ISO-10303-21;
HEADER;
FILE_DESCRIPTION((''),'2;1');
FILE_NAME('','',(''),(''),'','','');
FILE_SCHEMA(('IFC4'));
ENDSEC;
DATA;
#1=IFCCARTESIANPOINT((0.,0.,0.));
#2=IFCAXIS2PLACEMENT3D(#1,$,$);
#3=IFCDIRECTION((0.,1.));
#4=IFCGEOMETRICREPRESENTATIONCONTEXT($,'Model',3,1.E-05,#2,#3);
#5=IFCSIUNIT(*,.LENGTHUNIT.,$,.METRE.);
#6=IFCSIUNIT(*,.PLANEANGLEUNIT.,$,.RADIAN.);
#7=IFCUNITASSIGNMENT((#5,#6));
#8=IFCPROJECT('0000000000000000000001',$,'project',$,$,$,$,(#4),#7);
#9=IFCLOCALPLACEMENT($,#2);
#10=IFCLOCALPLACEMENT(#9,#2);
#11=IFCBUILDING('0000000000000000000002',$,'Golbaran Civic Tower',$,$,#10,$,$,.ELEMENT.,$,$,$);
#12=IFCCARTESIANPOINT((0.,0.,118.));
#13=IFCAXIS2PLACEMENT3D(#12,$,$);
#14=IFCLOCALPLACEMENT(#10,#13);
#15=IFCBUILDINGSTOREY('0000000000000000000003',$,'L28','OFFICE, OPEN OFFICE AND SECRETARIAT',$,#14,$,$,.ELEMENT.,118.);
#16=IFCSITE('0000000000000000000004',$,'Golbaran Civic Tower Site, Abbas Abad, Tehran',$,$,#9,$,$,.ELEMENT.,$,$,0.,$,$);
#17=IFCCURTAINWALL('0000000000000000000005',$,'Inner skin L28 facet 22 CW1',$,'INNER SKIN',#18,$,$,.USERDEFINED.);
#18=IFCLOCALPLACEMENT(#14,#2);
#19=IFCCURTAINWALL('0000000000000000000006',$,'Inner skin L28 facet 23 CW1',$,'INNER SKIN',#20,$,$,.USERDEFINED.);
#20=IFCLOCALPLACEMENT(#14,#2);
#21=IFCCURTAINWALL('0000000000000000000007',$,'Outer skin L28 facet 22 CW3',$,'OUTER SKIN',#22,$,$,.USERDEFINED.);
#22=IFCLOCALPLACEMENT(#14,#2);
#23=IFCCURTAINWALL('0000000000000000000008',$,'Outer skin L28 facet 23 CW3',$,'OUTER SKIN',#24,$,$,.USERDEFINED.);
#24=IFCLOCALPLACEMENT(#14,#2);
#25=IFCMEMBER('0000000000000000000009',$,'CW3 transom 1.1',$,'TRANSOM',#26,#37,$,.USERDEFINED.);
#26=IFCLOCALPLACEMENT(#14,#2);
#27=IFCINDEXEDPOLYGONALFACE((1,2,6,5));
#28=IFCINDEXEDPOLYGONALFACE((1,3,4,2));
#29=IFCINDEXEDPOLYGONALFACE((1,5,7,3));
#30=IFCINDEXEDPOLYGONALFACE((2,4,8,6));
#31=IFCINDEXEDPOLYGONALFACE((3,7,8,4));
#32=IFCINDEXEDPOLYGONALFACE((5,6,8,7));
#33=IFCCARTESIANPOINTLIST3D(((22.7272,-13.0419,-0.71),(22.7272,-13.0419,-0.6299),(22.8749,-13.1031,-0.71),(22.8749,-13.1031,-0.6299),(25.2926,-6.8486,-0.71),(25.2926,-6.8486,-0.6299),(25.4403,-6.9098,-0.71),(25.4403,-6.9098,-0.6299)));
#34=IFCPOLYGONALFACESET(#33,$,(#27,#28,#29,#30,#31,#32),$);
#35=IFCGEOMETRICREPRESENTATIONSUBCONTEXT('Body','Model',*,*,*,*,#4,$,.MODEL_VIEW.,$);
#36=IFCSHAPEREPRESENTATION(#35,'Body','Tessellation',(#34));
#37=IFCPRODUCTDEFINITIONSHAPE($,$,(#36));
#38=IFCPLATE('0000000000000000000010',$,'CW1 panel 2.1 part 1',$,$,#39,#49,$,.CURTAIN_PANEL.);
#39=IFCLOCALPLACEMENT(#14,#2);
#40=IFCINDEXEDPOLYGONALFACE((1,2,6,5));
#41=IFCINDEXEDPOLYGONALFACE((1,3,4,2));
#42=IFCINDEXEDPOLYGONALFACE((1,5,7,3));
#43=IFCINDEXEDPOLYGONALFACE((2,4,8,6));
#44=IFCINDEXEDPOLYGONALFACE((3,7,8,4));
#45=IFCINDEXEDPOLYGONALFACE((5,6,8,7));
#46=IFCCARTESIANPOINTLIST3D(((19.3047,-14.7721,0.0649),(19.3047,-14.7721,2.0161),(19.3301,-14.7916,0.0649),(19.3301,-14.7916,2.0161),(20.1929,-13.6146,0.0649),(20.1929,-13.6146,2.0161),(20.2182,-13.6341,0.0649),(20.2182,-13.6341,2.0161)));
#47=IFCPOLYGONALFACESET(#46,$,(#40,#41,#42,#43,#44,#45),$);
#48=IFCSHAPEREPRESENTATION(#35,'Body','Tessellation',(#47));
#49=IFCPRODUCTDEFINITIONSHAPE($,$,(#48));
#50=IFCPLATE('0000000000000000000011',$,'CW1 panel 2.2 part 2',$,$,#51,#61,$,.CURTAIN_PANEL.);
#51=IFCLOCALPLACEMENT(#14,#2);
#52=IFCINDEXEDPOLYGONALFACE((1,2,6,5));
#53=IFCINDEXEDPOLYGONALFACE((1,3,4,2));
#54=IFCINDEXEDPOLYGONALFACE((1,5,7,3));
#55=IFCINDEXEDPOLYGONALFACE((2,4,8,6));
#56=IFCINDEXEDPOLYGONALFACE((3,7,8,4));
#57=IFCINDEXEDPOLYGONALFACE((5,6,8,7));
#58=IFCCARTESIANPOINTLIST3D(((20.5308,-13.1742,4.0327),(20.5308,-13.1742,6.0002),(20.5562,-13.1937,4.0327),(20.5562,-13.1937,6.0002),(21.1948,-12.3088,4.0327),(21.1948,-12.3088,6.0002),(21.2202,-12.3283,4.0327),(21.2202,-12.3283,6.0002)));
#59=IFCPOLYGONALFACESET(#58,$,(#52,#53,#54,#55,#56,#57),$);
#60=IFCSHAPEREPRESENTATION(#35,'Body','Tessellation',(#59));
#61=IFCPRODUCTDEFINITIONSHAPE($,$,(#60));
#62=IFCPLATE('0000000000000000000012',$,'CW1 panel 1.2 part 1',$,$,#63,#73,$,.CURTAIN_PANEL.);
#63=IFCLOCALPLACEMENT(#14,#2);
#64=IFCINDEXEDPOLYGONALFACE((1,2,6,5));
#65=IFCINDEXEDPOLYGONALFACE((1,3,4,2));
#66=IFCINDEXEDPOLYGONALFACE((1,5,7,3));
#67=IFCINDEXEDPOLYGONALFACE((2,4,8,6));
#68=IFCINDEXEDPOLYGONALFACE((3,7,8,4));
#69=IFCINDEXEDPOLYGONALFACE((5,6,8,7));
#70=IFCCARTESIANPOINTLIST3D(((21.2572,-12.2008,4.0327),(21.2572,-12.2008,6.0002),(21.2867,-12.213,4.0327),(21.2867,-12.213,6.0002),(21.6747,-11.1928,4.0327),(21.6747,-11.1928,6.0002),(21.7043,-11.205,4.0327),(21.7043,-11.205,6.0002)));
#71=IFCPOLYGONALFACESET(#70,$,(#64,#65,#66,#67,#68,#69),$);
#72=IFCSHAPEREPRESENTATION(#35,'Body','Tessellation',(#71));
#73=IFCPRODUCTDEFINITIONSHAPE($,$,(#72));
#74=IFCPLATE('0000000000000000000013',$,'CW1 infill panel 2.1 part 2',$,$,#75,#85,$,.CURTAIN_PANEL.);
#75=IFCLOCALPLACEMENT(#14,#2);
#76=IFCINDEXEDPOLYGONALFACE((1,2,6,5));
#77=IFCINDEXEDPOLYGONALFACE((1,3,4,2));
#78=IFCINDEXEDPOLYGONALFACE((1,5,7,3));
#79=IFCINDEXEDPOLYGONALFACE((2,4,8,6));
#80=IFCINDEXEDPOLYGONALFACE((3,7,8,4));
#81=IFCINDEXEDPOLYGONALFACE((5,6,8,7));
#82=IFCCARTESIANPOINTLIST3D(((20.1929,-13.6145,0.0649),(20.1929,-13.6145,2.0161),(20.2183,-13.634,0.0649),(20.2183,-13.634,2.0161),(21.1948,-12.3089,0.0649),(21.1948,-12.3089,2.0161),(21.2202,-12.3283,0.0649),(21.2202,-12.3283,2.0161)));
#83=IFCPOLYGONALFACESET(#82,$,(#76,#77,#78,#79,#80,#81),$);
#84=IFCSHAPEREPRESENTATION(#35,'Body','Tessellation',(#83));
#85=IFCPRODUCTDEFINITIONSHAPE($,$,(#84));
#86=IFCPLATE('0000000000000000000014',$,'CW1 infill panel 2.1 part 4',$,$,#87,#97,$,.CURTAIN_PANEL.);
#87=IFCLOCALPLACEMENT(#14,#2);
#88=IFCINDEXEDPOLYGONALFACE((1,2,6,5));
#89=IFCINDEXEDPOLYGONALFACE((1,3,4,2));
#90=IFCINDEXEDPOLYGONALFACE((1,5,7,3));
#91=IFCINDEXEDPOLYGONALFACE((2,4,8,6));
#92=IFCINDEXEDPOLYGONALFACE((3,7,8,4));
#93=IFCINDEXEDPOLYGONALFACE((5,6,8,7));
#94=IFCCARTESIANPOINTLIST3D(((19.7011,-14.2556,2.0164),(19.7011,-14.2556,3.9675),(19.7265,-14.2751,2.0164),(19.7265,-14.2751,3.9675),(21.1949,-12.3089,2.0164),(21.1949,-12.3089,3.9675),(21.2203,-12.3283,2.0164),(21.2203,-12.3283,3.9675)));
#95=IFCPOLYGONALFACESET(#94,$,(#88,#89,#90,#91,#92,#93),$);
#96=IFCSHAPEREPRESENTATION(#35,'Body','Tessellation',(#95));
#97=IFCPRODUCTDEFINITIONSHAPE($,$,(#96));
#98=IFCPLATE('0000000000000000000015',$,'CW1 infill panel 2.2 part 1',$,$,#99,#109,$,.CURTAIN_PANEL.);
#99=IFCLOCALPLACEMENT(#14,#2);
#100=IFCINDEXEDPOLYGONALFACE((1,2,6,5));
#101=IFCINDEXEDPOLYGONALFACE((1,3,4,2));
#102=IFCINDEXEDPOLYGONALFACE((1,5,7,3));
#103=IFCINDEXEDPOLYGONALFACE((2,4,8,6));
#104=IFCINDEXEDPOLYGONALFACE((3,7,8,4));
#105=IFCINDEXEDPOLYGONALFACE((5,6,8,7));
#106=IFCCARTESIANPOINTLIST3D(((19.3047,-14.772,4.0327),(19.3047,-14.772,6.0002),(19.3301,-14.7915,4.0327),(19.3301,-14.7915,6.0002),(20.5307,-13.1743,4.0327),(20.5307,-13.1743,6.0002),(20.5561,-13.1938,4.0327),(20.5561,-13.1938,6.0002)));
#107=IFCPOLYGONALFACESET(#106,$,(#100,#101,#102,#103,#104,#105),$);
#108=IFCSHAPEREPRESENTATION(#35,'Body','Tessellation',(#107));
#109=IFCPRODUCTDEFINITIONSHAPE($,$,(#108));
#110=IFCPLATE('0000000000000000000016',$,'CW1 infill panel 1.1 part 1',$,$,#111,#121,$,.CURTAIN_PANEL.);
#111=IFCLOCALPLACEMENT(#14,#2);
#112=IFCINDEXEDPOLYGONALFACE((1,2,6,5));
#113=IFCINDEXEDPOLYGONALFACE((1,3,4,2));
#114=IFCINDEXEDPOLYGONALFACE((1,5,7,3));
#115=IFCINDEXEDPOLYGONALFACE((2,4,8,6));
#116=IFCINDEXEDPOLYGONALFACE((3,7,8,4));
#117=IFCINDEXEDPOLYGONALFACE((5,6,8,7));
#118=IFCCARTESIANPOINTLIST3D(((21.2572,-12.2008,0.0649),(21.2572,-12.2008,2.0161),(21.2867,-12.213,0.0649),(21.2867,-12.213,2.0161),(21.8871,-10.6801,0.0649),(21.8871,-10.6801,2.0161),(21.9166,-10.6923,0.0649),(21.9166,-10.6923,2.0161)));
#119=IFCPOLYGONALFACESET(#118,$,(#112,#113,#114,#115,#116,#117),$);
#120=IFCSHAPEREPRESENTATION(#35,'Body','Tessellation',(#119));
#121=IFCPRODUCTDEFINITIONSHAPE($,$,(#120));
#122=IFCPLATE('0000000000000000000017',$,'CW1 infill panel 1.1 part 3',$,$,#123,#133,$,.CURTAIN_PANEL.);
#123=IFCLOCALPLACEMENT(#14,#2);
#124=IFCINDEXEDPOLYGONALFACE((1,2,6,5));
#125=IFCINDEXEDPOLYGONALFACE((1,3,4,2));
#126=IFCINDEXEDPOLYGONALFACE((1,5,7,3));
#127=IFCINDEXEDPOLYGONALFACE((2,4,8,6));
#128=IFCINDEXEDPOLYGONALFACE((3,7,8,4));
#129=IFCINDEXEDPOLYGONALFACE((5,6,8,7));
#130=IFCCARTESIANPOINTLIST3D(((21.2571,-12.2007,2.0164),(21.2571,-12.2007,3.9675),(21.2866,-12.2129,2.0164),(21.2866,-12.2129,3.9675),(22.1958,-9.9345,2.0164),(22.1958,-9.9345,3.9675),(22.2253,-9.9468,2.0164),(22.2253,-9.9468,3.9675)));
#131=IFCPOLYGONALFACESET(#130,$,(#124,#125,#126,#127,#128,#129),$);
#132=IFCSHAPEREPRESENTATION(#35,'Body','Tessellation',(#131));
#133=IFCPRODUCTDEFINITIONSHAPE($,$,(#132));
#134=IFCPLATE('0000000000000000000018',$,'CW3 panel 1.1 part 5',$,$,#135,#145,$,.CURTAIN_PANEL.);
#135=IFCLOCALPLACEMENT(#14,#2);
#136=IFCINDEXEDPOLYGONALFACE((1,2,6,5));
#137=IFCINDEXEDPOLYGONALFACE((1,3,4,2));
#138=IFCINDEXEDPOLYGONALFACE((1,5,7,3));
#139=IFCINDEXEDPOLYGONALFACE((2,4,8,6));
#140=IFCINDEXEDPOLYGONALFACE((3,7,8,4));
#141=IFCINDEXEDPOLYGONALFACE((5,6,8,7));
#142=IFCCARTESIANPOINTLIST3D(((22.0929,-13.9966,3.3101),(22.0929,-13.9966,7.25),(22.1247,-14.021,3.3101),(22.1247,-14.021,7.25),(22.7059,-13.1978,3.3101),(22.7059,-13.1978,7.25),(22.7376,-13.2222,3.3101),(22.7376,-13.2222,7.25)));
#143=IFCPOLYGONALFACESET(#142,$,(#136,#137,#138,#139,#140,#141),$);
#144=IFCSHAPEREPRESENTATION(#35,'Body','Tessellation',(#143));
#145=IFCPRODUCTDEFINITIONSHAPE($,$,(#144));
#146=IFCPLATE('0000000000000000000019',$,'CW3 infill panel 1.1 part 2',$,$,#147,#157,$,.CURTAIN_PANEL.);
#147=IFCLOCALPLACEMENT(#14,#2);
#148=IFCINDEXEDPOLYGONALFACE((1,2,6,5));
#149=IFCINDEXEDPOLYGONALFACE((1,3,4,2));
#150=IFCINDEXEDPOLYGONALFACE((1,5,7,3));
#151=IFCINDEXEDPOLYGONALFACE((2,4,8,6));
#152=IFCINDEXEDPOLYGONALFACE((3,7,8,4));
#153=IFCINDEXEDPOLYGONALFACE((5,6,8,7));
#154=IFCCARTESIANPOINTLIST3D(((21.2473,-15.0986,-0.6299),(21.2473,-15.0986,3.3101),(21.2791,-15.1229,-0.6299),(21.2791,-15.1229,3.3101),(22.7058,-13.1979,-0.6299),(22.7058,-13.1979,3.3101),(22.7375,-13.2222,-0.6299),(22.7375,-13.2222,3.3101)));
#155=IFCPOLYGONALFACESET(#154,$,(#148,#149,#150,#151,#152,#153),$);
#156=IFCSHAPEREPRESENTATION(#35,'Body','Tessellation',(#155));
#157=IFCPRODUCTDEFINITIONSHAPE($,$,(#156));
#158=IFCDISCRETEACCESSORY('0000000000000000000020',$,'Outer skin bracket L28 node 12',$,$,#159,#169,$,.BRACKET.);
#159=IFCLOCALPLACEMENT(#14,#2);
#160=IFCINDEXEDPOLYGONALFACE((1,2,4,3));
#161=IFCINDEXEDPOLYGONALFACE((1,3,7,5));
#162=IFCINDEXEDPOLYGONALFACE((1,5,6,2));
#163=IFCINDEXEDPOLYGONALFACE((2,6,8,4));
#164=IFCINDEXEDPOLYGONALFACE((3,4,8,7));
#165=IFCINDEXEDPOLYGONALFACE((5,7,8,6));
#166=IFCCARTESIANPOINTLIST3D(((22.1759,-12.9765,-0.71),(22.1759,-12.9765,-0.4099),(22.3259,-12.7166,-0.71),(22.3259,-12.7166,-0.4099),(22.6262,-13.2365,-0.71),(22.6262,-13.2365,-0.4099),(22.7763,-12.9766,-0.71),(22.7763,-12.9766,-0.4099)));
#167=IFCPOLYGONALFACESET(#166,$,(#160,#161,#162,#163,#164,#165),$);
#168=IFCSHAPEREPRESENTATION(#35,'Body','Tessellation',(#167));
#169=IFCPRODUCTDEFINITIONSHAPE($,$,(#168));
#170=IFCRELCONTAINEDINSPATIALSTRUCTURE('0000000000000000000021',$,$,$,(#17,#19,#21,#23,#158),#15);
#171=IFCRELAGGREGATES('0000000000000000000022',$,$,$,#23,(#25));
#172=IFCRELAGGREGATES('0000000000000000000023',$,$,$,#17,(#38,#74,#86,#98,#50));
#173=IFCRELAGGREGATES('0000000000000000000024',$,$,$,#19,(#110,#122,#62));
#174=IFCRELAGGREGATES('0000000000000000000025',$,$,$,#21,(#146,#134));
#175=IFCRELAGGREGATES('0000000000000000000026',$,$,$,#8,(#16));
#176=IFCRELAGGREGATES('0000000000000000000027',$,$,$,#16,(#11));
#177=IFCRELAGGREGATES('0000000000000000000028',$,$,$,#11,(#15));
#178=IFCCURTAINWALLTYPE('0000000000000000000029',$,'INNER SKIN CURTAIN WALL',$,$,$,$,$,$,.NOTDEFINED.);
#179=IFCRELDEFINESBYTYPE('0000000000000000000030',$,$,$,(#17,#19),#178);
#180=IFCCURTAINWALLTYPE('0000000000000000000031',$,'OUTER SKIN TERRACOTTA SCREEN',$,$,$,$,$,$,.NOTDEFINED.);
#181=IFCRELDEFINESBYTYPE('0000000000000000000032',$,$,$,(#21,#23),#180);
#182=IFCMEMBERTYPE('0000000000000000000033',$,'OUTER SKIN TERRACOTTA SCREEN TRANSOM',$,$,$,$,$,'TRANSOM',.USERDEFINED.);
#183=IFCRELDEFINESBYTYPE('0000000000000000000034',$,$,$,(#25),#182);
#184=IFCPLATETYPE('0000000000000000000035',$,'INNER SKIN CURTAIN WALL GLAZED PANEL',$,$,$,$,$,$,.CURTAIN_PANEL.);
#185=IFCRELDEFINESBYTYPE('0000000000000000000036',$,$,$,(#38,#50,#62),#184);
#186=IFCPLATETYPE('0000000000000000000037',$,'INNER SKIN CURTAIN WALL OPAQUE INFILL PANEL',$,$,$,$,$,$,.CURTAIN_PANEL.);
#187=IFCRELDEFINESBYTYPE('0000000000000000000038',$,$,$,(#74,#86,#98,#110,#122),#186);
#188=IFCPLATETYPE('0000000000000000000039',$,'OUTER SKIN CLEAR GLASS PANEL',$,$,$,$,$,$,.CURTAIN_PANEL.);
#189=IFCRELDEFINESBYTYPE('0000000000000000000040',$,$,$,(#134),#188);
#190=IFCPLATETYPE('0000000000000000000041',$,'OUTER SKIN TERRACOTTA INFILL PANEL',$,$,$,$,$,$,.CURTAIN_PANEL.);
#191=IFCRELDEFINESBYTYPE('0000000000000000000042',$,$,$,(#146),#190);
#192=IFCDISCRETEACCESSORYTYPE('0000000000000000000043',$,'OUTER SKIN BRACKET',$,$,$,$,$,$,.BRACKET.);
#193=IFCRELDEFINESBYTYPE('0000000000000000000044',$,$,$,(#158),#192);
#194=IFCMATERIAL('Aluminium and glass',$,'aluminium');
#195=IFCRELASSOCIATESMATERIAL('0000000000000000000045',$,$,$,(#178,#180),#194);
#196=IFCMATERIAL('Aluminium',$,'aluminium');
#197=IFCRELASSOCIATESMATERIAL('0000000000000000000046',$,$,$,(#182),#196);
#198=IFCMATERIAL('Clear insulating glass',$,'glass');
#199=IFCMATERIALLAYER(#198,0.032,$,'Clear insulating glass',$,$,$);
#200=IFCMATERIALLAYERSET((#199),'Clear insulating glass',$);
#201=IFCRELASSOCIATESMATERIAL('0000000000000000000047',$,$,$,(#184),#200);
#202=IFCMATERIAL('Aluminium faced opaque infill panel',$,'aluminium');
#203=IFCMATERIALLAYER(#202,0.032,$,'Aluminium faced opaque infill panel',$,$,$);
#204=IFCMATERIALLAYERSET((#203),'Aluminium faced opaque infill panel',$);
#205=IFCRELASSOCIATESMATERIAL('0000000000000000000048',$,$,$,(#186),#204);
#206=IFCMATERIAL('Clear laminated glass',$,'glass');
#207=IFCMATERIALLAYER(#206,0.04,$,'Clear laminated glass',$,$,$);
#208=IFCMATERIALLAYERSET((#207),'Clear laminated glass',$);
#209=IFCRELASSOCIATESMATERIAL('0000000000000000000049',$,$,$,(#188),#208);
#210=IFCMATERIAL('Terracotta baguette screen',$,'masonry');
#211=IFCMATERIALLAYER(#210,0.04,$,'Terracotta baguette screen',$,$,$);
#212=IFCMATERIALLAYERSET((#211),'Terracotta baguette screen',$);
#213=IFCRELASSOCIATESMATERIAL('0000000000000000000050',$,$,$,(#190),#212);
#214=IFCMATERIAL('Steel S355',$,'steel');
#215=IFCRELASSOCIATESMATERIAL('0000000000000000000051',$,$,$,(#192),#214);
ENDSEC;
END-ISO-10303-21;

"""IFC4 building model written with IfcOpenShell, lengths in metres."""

from ifc_helpers import new_model, si_unit, direction, frame, origin, origin_2d, place, context, subcontext, project, spatial, rectangle, extrude, material, layer, layer_set, material_profile, profile_set, type_object, element, aggregate, save


model = new_model("IFC4")

# Units and contexts
model_context = context("Model", 3, precision=1e-05, world=origin(), true_north=direction((0.0, 1.0)))
body_context = subcontext(model_context, "Body", "Model", "MODEL_VIEW")
ifc_project = project(units=[si_unit("LENGTHUNIT", "METRE"), si_unit("PLANEANGLEUNIT", "RADIAN")], contexts=[model_context])

# Site, building, storey
site_placement = place(None, origin())
site = spatial("IfcSite", under=ifc_project, at=site_placement, Name="Golbaran Civic Tower Site, Abbas Abad, Tehran", CompositionType="ELEMENT", RefElevation=0.0)
building_placement = place(site_placement, origin())
building = spatial("IfcBuilding", under=site, at=building_placement, Name="Golbaran Civic Tower", CompositionType="ELEMENT")
storey_placement = place(building_placement, frame((0.0, 0.0, 118.0)))
storey = spatial("IfcBuildingStorey", under=building, at=storey_placement, Name="L28", Description="OFFICE, OPEN OFFICE AND SECRETARIAT", CompositionType="ELEMENT", Elevation=118.0)

# Shared definitions
ifc_material_1 = material(Name="Steel S355", Category="steel")

# Curtain wall
ifc_material_2 = material(Name="Aluminium and glass", Category="aluminium")
curtain_wall_type_1 = type_object("IfcCurtainWallType", Name="INNER SKIN CURTAIN WALL", PredefinedType="NOTDEFINED", material=ifc_material_2)
curtain_wall_1_placement = place(storey_placement, origin())
curtain_wall_1 = element("IfcCurtainWall", 1, at=curtain_wall_1_placement, inside=storey, type_object=curtain_wall_type_1, Name="Inner skin L28 facet 22 CW1", ObjectType="INNER SKIN", PredefinedType="USERDEFINED")
ifc_material_3 = material(Name="Aluminium", Category="aluminium")

# Curtain wall
curtain_wall_2_placement = place(storey_placement, origin())
curtain_wall_2 = element("IfcCurtainWall", 2, at=curtain_wall_2_placement, inside=storey, type_object=curtain_wall_type_1, Name="Inner skin L28 facet 23 CW1", ObjectType="INNER SKIN", PredefinedType="USERDEFINED")

# Curtain wall
curtain_wall_type_2 = type_object("IfcCurtainWallType", Name="OUTER SKIN TERRACOTTA SCREEN", PredefinedType="NOTDEFINED", material=ifc_material_2)
curtain_wall_3_placement = place(storey_placement, origin())
curtain_wall_3 = element("IfcCurtainWall", 3, at=curtain_wall_3_placement, inside=storey, type_object=curtain_wall_type_2, Name="Outer skin L28 facet 22 CW3", ObjectType="OUTER SKIN", PredefinedType="USERDEFINED")

# Curtain wall, member
curtain_wall_4_placement = place(storey_placement, origin())
curtain_wall_4 = element("IfcCurtainWall", 4, at=curtain_wall_4_placement, inside=storey, type_object=curtain_wall_type_2, Name="Outer skin L28 facet 23 CW3", ObjectType="OUTER SKIN", PredefinedType="USERDEFINED")
ifc_material_profile_1 = material_profile(ifc_material_3, rectangle(XDim=0.1599, YDim=0.0801, at=origin_2d()), Name="OUTER SKIN TERRACOTTA SCREEN TRANSOM")
ifc_profile_set_1 = profile_set([ifc_material_profile_1], Name="Aluminium")
member_type_1 = type_object("IfcMemberType", Name="OUTER SKIN TERRACOTTA SCREEN TRANSOM", ElementType="TRANSOM", PredefinedType="USERDEFINED", material=ifc_profile_set_1)
member_1_placement = place(storey_placement, frame((22.801, -13.0725, -0.6699), z_axis=(0.382691, 0.923877, 0.0), x_axis=(-0.923877, 0.382691, 0.0)))
member_1 = element("IfcMember", 5, at=member_1_placement, type_object=member_type_1, Name="CW3 transom 1.1", ObjectType="TRANSOM", PredefinedType="USERDEFINED", context=body_context, shape_type="SweptSolid", body=[
    extrude(rectangle(XDim=0.1599, YDim=0.0801, at=origin_2d()), origin(), (0.0, 0.0, 1.0), 6.7036),
])
aggregate(curtain_wall_4, [member_1])

# Plates
ifc_material_4 = material(Name="Clear insulating glass", Category="glass")
ifc_layer_1 = layer(ifc_material_4, 0.032, Name="Clear insulating glass")
ifc_layer_set_1 = layer_set([ifc_layer_1], Name="Clear insulating glass")
plate_type_1 = type_object("IfcPlateType", Name="INNER SKIN CURTAIN WALL GLAZED PANEL", PredefinedType="CURTAIN_PANEL", material=ifc_layer_set_1)
plate_1_placement = place(storey_placement, frame((19.7615, -14.2031, 0.0649), z_axis=(0.0, 0.0, 1.0), x_axis=(0.608761, 0.793353, 0.0)))
plate_1 = element("IfcPlate", 6, at=plate_1_placement, type_object=plate_type_1, Name="CW1 panel 2.1 part 1", PredefinedType="CURTAIN_PANEL", context=body_context, shape_type="SweptSolid", body=[
    extrude(rectangle(XDim=1.459, YDim=0.032, at=origin_2d()), origin(), (0.0, 0.0, 1.0), 1.9512),
])
plate_2_placement = place(storey_placement, frame((20.8755, -12.7512, 4.0327), z_axis=(0.0, 0.0, 1.0), x_axis=(0.608761, 0.793353, 0.0)))
plate_2 = element("IfcPlate", 7, at=plate_2_placement, type_object=plate_type_1, Name="CW1 panel 2.2 part 2", PredefinedType="CURTAIN_PANEL", context=body_context, shape_type="SweptSolid", body=[
    extrude(rectangle(XDim=1.0908, YDim=0.032, at=origin_2d()), origin(), (0.0, 0.0, 1.0), 1.9675),
])
plate_3_placement = place(storey_placement, frame((21.4807, -11.7029, 4.0327), z_axis=(0.0, 0.0, 1.0), x_axis=(0.382683, 0.92388, 0.0)))
plate_3 = element("IfcPlate", 8, at=plate_3_placement, type_object=plate_type_1, Name="CW1 panel 1.2 part 1", PredefinedType="CURTAIN_PANEL", context=body_context, shape_type="SweptSolid", body=[
    extrude(rectangle(XDim=1.0911, YDim=0.032, at=origin_2d()), origin(), (0.0, 0.0, 1.0), 1.9675),
])
ifc_material_5 = material(Name="Aluminium faced opaque infill panel", Category="aluminium")
ifc_layer_2 = layer(ifc_material_5, 0.032, Name="Aluminium faced opaque infill panel")
ifc_layer_set_2 = layer_set([ifc_layer_2], Name="Aluminium faced opaque infill panel")
plate_type_2 = type_object("IfcPlateType", Name="INNER SKIN CURTAIN WALL OPAQUE INFILL PANEL", PredefinedType="CURTAIN_PANEL", material=ifc_layer_set_2)
plate_4_placement = place(storey_placement, frame((20.7065, -12.9714, 0.0649), z_axis=(0.0, 0.0, 1.0), x_axis=(0.608761, 0.793353, 0.0)))
plate_4 = element("IfcPlate", 9, at=plate_4_placement, type_object=plate_type_2, Name="CW1 infill panel 2.1 part 2", PredefinedType="CURTAIN_PANEL", context=body_context, shape_type="SweptSolid", body=[
    extrude(rectangle(XDim=1.6458, YDim=0.032, at=origin_2d()), origin(), (0.0, 0.0, 1.0), 1.9512),
])
plate_5_placement = place(storey_placement, frame((20.4607, -13.292, 2.0164), z_axis=(0.0, 0.0, 1.0), x_axis=(0.608761, 0.793353, 0.0)))
plate_5 = element("IfcPlate", 10, at=plate_5_placement, type_object=plate_type_2, Name="CW1 infill panel 2.1 part 4", PredefinedType="CURTAIN_PANEL", context=body_context, shape_type="SweptSolid", body=[
    extrude(rectangle(XDim=2.4539, YDim=0.032, at=origin_2d()), origin(), (0.0, 0.0, 1.0), 1.9512),
])
plate_6_placement = place(storey_placement, frame((19.9304, -13.9829, 4.0327), z_axis=(0.0, 0.0, 1.0), x_axis=(0.608761, 0.793353, 0.0)))
plate_6 = element("IfcPlate", 11, at=plate_6_placement, type_object=plate_type_2, Name="CW1 infill panel 2.2 part 1", PredefinedType="CURTAIN_PANEL", context=body_context, shape_type="SweptSolid", body=[
    extrude(rectangle(XDim=2.0139, YDim=0.032, at=origin_2d()), origin(), (0.0, 0.0, 1.0), 1.9675),
])
aggregate(curtain_wall_1, [plate_1, plate_4, plate_5, plate_6, plate_2])
plate_7_placement = place(storey_placement, frame((21.5869, -11.4465, 0.0649), z_axis=(0.0, 0.0, 1.0), x_axis=(0.382683, 0.92388, 0.0)))
plate_7 = element("IfcPlate", 12, at=plate_7_placement, type_object=plate_type_2, Name="CW1 infill panel 1.1 part 1", PredefinedType="CURTAIN_PANEL", context=body_context, shape_type="SweptSolid", body=[
    extrude(rectangle(XDim=1.646, YDim=0.032, at=origin_2d()), origin(), (0.0, 0.0, 1.0), 1.9512),
])
plate_8_placement = place(storey_placement, frame((21.7412, -11.0737, 2.0164), z_axis=(0.0, 0.0, 1.0), x_axis=(0.382683, 0.92388, 0.0)))
plate_8 = element("IfcPlate", 13, at=plate_8_placement, type_object=plate_type_2, Name="CW1 infill panel 1.1 part 3", PredefinedType="CURTAIN_PANEL", context=body_context, shape_type="SweptSolid", body=[
    extrude(rectangle(XDim=2.4529, YDim=0.032, at=origin_2d()), origin(), (0.0, 0.0, 1.0), 1.9512),
])
aggregate(curtain_wall_2, [plate_7, plate_8, plate_3])
ifc_material_6 = material(Name="Clear laminated glass", Category="glass")
ifc_layer_3 = layer(ifc_material_6, 0.04, Name="Clear laminated glass")
ifc_layer_set_3 = layer_set([ifc_layer_3], Name="Clear laminated glass")
plate_type_3 = type_object("IfcPlateType", Name="OUTER SKIN CLEAR GLASS PANEL", PredefinedType="CURTAIN_PANEL", material=ifc_layer_set_3)
plate_9_placement = place(storey_placement, frame((22.4153, -13.6094, 3.3101), z_axis=(0.0, 0.0, 1.0), x_axis=(0.608761, 0.793353, 0.0)))
plate_9 = element("IfcPlate", 14, at=plate_9_placement, type_object=plate_type_3, Name="CW3 panel 1.1 part 5", PredefinedType="CURTAIN_PANEL", context=body_context, shape_type="SweptSolid", body=[
    extrude(rectangle(XDim=1.0068, YDim=0.04, at=origin_2d()), origin(), (0.0, 0.0, 1.0), 3.9399),
])
ifc_material_7 = material(Name="Terracotta baguette screen", Category="masonry")
ifc_layer_4 = layer(ifc_material_7, 0.04, Name="Terracotta baguette screen")
ifc_layer_set_4 = layer_set([ifc_layer_4], Name="Terracotta baguette screen")
plate_type_4 = type_object("IfcPlateType", Name="OUTER SKIN TERRACOTTA INFILL PANEL", PredefinedType="CURTAIN_PANEL", material=ifc_layer_set_4)
plate_10_placement = place(storey_placement, frame((21.9924, -14.1604, -0.6299), z_axis=(0.0, 0.0, 1.0), x_axis=(0.608761, 0.793353, 0.0)))
plate_10 = element("IfcPlate", 15, at=plate_10_placement, type_object=plate_type_4, Name="CW3 infill panel 1.1 part 2", PredefinedType="CURTAIN_PANEL", context=body_context, shape_type="SweptSolid", body=[
    extrude(rectangle(XDim=2.3958, YDim=0.04, at=origin_2d()), origin(), (0.0, 0.0, 1.0), 3.9399),
])
aggregate(curtain_wall_3, [plate_10, plate_9])

# Discrete accessory
discrete_accessory_type = type_object("IfcDiscreteAccessoryType", Name="OUTER SKIN BRACKET", PredefinedType="BRACKET", material=ifc_material_1)
discrete_accessory_placement = place(storey_placement, frame((22.4761, -12.9766, -0.71), z_axis=(0.0, 0.0, 1.0), x_axis=(0.866025, -0.5, 0.0)))
element("IfcDiscreteAccessory", 16, at=discrete_accessory_placement, inside=storey, type_object=discrete_accessory_type, Name="Outer skin bracket L28 node 12", PredefinedType="BRACKET", context=body_context, shape_type="SweptSolid", body=[
    extrude(rectangle(XDim=0.52, YDim=0.3, at=origin_2d()), origin(), (0.0, 0.0, 1.0), 0.3),
])

save(model, "model.ifc")
